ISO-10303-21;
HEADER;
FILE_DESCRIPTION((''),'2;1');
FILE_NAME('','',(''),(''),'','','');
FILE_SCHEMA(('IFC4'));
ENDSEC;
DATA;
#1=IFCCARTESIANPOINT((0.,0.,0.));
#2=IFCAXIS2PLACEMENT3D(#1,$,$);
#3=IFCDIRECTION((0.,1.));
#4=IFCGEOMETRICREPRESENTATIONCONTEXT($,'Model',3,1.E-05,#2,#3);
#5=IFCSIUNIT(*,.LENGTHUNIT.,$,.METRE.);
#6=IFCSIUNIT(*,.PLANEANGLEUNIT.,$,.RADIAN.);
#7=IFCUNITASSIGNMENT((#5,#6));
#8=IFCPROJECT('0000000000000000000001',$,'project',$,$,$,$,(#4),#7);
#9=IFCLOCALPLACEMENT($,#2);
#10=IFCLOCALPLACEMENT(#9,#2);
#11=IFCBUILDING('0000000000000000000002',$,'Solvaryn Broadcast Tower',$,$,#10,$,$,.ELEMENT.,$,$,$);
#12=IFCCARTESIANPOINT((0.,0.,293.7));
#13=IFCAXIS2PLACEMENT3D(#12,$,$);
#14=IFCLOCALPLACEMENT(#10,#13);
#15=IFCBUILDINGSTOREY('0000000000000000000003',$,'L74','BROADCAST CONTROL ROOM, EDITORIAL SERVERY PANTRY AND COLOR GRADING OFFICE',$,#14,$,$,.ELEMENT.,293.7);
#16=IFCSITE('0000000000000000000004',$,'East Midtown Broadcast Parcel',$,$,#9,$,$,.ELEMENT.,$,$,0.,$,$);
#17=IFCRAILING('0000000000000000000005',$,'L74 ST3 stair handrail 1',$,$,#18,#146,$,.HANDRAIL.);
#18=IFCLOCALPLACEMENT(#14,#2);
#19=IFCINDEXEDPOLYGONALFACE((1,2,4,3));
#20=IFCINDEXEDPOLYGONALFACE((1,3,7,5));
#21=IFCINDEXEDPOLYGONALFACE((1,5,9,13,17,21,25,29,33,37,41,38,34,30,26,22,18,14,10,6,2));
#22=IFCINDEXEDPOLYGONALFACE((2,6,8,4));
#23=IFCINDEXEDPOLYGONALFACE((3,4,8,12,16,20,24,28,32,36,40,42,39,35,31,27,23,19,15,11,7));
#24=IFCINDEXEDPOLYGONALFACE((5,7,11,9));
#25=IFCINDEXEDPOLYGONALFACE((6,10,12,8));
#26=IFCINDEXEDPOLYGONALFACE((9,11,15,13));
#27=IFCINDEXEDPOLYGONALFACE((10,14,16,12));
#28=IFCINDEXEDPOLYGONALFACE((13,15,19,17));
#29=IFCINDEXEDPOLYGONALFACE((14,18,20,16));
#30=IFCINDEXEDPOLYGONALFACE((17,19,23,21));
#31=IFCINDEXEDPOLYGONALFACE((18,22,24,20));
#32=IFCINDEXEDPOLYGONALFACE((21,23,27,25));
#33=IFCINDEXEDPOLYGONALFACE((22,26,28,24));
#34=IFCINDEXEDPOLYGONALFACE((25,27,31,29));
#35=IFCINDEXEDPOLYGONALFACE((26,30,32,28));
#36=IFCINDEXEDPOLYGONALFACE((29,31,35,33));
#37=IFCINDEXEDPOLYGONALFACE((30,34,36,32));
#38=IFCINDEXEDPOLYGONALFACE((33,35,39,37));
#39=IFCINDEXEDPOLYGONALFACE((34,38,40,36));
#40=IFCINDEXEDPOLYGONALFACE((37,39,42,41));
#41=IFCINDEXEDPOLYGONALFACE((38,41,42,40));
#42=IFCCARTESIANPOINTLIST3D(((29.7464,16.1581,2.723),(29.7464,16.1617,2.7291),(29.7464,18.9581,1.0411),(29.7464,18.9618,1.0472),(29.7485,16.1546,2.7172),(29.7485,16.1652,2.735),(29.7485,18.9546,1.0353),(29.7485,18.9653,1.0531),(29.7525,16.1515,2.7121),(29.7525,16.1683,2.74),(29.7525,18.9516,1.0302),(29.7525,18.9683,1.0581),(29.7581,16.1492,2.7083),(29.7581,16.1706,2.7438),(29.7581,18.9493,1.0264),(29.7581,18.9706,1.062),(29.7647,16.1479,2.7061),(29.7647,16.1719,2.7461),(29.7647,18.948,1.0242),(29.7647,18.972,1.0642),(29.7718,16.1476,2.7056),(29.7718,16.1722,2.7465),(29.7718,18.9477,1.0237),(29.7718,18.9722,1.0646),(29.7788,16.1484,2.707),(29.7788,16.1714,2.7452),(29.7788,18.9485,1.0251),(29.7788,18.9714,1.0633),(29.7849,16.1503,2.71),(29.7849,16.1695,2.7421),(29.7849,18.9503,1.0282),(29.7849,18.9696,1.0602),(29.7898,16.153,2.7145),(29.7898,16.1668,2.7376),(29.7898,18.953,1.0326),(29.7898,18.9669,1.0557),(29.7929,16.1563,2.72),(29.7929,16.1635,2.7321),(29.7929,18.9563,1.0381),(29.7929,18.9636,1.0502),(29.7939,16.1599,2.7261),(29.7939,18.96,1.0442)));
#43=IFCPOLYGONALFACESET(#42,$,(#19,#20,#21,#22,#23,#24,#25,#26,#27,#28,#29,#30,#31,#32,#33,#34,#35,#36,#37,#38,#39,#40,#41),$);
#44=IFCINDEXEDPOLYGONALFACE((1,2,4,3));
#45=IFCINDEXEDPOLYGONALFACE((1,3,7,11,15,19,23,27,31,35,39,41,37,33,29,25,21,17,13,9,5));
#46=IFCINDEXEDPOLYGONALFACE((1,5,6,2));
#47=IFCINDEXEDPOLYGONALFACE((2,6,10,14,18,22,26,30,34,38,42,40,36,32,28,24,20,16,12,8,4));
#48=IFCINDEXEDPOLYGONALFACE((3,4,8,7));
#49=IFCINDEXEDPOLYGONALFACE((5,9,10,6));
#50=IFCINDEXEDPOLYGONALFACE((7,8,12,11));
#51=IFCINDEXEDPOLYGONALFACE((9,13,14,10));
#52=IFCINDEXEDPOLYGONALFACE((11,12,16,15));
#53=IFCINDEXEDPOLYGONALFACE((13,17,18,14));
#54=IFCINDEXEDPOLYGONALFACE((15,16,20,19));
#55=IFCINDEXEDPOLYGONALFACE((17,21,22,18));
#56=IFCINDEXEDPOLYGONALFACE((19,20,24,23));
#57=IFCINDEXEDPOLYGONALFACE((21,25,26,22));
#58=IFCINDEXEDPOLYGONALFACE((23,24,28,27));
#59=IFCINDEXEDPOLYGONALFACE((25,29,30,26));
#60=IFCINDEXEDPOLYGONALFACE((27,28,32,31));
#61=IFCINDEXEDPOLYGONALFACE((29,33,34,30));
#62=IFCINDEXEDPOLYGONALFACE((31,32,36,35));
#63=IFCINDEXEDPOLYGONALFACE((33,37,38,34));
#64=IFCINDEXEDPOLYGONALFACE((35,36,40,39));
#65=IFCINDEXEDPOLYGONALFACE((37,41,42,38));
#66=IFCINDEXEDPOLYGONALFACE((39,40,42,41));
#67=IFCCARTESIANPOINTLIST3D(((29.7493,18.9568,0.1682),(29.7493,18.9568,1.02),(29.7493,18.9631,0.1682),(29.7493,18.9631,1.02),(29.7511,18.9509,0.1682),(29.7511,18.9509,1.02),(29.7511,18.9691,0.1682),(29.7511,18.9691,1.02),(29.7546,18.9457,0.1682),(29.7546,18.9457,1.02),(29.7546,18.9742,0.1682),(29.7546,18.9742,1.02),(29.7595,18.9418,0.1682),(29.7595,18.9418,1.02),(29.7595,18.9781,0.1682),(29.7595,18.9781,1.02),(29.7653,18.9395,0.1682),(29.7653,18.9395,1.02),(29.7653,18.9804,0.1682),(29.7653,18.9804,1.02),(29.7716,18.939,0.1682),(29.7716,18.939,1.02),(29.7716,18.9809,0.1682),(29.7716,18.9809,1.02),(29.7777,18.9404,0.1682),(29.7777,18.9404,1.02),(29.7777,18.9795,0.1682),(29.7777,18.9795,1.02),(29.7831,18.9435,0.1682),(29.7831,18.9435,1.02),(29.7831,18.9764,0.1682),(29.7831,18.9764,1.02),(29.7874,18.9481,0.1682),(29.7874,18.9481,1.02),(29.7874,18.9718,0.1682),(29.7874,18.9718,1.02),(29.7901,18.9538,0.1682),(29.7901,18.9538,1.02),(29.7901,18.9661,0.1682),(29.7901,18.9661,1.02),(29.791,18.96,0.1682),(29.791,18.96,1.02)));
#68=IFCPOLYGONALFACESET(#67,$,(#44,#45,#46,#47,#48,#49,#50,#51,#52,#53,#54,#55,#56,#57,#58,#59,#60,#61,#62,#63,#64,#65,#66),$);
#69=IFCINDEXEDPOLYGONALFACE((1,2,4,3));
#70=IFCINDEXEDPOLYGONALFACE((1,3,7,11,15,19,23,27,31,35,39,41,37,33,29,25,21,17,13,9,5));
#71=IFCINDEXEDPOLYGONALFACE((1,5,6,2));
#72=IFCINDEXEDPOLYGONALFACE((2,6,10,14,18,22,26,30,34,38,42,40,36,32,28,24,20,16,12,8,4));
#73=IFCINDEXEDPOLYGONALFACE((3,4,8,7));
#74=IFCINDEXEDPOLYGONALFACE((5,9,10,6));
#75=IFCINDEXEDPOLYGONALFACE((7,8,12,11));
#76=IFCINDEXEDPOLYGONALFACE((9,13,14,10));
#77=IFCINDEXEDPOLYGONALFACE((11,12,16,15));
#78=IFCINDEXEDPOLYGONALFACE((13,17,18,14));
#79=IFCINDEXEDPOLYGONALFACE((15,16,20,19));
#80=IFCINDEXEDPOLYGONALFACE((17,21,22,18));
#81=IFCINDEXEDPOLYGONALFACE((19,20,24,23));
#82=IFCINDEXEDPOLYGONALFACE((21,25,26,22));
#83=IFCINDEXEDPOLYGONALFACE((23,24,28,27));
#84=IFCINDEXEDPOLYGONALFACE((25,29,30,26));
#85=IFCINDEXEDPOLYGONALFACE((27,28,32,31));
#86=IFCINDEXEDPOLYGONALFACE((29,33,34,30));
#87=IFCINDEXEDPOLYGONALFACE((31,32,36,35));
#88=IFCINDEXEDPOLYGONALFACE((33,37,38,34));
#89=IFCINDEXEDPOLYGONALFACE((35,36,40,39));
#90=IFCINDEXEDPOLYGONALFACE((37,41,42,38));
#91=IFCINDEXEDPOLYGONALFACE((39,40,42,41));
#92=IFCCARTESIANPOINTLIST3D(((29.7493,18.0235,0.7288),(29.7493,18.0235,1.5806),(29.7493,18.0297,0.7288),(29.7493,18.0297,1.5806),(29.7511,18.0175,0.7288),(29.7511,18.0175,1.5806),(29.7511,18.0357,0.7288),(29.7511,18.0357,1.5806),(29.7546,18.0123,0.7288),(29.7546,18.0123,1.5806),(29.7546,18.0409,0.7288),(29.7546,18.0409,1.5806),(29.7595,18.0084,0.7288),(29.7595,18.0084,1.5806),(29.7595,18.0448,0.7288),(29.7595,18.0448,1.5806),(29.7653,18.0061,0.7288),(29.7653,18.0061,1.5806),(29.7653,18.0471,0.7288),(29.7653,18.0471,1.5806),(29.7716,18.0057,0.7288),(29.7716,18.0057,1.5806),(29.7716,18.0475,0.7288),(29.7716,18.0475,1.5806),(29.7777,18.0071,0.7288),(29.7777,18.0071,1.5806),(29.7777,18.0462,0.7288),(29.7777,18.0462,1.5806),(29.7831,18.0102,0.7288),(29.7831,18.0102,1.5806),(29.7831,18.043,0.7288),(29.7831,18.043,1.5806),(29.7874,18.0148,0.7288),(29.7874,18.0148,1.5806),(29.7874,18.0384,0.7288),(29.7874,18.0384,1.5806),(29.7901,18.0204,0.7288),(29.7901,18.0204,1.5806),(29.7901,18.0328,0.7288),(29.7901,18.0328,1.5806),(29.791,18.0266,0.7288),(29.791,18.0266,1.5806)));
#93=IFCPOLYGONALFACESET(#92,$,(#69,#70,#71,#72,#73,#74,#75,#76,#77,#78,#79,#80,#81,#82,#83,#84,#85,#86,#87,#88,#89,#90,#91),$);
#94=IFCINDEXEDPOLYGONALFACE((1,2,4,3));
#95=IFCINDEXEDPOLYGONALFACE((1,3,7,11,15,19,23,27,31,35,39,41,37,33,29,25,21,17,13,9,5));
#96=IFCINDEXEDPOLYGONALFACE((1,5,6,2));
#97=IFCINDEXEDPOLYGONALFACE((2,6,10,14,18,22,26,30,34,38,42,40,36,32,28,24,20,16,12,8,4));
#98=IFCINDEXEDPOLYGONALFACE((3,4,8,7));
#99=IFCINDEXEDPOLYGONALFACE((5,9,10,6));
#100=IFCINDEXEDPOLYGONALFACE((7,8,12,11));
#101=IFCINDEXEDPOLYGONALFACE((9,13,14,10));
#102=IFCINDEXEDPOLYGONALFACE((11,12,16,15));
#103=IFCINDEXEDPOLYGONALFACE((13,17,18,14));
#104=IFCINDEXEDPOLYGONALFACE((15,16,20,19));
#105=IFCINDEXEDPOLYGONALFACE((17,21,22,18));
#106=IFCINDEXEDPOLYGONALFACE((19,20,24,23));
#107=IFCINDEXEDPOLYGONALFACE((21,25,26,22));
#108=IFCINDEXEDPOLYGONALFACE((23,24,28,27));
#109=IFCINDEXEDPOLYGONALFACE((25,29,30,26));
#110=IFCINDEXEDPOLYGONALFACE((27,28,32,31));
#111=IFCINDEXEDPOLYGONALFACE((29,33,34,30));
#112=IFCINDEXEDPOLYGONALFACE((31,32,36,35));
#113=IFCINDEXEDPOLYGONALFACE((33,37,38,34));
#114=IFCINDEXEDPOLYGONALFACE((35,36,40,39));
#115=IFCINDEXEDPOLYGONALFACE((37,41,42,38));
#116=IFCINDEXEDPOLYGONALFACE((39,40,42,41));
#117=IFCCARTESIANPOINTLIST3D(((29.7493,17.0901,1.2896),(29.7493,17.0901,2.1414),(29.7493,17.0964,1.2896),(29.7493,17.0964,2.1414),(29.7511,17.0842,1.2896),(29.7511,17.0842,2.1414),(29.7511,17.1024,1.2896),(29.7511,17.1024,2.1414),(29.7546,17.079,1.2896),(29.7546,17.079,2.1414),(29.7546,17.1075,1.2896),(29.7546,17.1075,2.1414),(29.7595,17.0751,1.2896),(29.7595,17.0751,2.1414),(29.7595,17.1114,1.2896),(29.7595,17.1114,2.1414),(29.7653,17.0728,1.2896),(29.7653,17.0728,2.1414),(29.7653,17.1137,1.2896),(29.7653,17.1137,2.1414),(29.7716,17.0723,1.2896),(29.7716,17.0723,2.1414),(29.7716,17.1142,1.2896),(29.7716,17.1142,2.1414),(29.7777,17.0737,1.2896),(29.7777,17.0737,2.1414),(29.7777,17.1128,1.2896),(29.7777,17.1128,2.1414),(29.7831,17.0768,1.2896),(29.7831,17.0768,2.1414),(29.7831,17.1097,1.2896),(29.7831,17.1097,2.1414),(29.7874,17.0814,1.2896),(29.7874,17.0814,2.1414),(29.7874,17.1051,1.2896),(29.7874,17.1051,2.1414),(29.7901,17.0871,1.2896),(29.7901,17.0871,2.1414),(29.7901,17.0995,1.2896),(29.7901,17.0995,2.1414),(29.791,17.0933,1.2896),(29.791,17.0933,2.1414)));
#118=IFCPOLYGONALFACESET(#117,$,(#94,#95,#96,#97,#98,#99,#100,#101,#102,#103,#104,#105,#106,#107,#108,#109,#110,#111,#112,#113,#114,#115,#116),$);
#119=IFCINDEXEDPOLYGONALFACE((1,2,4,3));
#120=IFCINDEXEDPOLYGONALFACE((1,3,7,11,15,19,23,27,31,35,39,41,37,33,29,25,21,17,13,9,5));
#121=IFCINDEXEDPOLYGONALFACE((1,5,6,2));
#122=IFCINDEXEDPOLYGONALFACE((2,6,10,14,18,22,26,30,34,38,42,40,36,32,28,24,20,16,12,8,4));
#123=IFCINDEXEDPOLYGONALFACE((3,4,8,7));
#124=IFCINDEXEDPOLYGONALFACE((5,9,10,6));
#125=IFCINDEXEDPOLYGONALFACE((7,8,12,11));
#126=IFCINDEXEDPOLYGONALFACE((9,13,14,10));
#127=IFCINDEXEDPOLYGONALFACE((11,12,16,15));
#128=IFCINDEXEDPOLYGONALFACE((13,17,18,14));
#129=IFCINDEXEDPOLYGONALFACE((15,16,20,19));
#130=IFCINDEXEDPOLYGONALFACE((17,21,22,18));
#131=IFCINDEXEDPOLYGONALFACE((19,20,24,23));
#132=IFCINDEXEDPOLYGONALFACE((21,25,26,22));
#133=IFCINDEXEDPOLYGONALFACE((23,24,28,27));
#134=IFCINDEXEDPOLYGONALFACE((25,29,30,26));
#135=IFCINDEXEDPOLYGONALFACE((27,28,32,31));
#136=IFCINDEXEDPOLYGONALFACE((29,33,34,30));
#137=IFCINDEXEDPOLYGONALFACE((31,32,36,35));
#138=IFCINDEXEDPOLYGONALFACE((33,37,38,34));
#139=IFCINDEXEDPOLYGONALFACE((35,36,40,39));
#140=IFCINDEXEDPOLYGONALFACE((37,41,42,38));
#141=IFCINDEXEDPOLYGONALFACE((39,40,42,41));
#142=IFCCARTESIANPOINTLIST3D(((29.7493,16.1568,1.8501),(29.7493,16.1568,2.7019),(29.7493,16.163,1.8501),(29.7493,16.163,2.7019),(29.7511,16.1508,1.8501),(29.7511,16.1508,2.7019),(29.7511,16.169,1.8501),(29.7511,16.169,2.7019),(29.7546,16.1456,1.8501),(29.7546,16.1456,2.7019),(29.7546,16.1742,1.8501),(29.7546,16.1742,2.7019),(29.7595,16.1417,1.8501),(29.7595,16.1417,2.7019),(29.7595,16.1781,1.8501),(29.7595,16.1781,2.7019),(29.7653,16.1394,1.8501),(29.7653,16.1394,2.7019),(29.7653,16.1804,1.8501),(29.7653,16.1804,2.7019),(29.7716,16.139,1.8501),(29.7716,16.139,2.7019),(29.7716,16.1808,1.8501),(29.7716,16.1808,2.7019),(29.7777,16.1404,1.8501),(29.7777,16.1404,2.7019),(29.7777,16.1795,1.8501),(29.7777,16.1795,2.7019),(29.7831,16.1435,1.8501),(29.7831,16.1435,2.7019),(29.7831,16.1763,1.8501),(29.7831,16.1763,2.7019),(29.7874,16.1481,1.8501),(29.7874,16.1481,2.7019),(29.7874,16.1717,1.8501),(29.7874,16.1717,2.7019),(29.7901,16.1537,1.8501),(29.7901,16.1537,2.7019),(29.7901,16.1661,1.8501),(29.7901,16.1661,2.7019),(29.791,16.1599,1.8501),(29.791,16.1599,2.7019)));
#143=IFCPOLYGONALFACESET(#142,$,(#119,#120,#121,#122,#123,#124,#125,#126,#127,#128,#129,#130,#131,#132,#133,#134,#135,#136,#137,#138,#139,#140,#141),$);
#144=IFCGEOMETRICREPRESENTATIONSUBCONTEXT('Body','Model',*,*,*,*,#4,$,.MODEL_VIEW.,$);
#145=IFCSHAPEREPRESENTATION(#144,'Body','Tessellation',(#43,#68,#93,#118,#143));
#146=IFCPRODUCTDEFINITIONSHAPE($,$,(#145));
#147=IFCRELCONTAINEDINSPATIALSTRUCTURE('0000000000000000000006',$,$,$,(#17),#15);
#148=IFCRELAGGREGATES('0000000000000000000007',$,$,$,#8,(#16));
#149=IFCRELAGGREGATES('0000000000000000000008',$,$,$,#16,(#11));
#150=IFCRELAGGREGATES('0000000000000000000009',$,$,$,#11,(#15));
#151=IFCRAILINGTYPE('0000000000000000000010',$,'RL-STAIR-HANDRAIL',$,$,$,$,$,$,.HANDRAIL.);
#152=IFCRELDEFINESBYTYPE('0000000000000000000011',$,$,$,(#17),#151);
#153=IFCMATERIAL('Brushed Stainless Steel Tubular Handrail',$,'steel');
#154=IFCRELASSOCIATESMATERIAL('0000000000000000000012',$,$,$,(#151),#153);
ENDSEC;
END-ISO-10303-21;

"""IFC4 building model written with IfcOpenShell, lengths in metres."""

from ifc_helpers import new_model, si_unit, direction, frame, origin, origin_2d, place, context, subcontext, project, spatial, circle, extrude, material, type_object, element, save


model = new_model("IFC4")

# Units and contexts
model_context = context("Model", 3, precision=1e-05, world=origin(), true_north=direction((0.0, 1.0)))
body_context = subcontext(model_context, "Body", "Model", "MODEL_VIEW")
ifc_project = project(units=[si_unit("LENGTHUNIT", "METRE"), si_unit("PLANEANGLEUNIT", "RADIAN")], contexts=[model_context])

# Site, building, storey
site_placement = place(None, origin())
site = spatial("IfcSite", under=ifc_project, at=site_placement, Name="East Midtown Broadcast Parcel", CompositionType="ELEMENT", RefElevation=0.0)
building_placement = place(site_placement, origin())
building = spatial("IfcBuilding", under=site, at=building_placement, Name="Solvaryn Broadcast Tower", CompositionType="ELEMENT")
storey_placement = place(building_placement, frame((0.0, 0.0, 293.7)))
storey = spatial("IfcBuildingStorey", under=building, at=storey_placement, Name="L74", Description="BROADCAST CONTROL ROOM, EDITORIAL SERVERY PANTRY AND COLOR GRADING OFFICE", CompositionType="ELEMENT", Elevation=293.7)

# Railing
ifc_material_1 = material(Name="Brushed Stainless Steel Tubular Handrail", Category="steel")
railing_type_1 = type_object("IfcRailingType", Name="RL-STAIR-HANDRAIL", PredefinedType="HANDRAIL", material=ifc_material_1)
railing_1_placement = place(storey_placement, frame((29.77, 18.96, 0.1682)))
element("IfcRailing", 1, at=railing_1_placement, inside=storey, type_object=railing_type_1, Name="L74 ST3 stair handrail 1", PredefinedType="HANDRAIL", context=body_context, shape_type="SweptSolid", body=[
    extrude(circle(Radius=0.0239, at=origin_2d()), frame((0.0, 0.0, 0.876), z_axis=(0.0, -0.857242, 0.514913), x_axis=(1.0, 0.0, 0.0)), (0.0, 0.0, 1.0), 3.2664),
    extrude(circle(Radius=0.021, at=origin_2d()), origin(), (0.0, 0.0, 1.0), 0.8518),
    extrude(circle(Radius=0.021, at=origin_2d()), frame((0.0, -0.9333, 0.5605)), (0.0, 0.0, 1.0), 0.8518),
    extrude(circle(Radius=0.021, at=origin_2d()), frame((0.0, -1.8667, 1.1213)), (0.0, 0.0, 1.0), 0.8518),
    extrude(circle(Radius=0.021, at=origin_2d()), frame((0.0, -2.8, 1.6819)), (0.0, 0.0, 1.0), 0.8518),
])

save(model, "model.ifc")
